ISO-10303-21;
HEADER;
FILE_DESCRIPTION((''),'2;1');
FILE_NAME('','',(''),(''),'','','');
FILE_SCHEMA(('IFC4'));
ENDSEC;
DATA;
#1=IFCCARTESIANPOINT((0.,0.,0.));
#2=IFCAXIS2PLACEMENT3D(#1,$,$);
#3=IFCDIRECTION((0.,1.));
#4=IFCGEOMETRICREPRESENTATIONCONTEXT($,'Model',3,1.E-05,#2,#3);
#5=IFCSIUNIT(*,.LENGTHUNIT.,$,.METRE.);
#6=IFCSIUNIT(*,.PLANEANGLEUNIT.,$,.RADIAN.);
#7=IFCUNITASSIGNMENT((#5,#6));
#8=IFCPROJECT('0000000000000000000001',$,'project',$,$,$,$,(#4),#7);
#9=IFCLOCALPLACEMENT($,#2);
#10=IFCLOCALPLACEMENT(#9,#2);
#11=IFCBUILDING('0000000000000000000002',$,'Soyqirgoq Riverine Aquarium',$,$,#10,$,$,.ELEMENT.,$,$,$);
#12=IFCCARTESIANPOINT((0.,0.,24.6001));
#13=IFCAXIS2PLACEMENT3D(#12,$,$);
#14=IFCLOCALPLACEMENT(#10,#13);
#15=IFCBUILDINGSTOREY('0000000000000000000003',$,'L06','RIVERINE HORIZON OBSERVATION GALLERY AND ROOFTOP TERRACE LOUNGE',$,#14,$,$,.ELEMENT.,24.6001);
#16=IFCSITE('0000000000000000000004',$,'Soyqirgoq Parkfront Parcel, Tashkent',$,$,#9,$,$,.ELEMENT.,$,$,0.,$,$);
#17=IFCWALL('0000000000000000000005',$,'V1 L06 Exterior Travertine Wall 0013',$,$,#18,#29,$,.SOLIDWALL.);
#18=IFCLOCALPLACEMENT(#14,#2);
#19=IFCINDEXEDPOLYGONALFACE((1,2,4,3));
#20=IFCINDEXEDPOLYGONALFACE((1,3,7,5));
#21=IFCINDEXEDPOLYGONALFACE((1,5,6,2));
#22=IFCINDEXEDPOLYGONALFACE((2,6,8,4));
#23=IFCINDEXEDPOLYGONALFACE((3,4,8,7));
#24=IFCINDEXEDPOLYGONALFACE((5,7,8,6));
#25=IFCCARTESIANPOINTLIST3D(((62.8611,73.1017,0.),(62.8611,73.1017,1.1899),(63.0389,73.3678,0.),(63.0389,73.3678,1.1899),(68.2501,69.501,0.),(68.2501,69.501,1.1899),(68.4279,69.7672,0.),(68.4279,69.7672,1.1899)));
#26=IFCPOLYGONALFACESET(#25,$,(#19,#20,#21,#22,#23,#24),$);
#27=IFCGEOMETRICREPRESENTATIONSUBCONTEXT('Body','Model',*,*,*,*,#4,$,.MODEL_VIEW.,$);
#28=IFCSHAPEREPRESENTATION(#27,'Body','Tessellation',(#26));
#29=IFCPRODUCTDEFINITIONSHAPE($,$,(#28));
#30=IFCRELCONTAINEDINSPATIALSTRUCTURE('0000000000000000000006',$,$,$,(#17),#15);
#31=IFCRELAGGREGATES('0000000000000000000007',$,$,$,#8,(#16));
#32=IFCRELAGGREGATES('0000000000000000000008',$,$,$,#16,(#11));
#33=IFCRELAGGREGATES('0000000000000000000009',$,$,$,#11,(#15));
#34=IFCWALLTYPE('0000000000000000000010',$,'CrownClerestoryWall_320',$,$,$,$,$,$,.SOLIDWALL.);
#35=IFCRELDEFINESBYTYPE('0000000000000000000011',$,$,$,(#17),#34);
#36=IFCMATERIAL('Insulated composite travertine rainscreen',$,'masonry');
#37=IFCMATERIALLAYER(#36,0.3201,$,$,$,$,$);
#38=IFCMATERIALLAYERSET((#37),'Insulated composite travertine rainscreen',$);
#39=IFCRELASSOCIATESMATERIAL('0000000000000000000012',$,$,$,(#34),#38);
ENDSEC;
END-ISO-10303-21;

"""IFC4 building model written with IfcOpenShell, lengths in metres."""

from ifc_helpers import new_model, si_unit, direction, frame, frame_2d, origin, place, context, subcontext, project, spatial, rectangle, extrude, material, layer, layer_set, type_object, element, save


model = new_model("IFC4")

# Units and contexts
model_context = context("Model", 3, precision=1e-05, world=origin(), true_north=direction((0.0, 1.0)))
body_context = subcontext(model_context, "Body", "Model", "MODEL_VIEW")
ifc_project = project(units=[si_unit("LENGTHUNIT", "METRE"), si_unit("PLANEANGLEUNIT", "RADIAN")], contexts=[model_context])

# Site, building, storey
site_placement = place(None, origin())
site = spatial("IfcSite", under=ifc_project, at=site_placement, Name="Soyqirgoq Parkfront Parcel, Tashkent", CompositionType="ELEMENT", RefElevation=0.0)
building_placement = place(site_placement, origin())
building = spatial("IfcBuilding", under=site, at=building_placement, Name="Soyqirgoq Riverine Aquarium", CompositionType="ELEMENT")
storey_placement = place(building_placement, frame((0.0, 0.0, 24.6001)))
storey = spatial("IfcBuildingStorey", under=building, at=storey_placement, Name="L06", Description="RIVERINE HORIZON OBSERVATION GALLERY AND ROOFTOP TERRACE LOUNGE", CompositionType="ELEMENT", Elevation=24.6001)

# Wall
ifc_material_1 = material(Name="Insulated composite travertine rainscreen", Category="masonry")
ifc_layer_1 = layer(ifc_material_1, 0.3201)
ifc_layer_set_1 = layer_set([ifc_layer_1], Name="Insulated composite travertine rainscreen")
wall_type = type_object("IfcWallType", Name="CrownClerestoryWall_320", PredefinedType="SOLIDWALL", material=ifc_layer_set_1)
wall_placement = place(storey_placement, frame((68.3391, 69.634, 0.0), z_axis=(0.0, 0.0, 1.0), x_axis=(-0.831482, 0.555552, 0.0)))
element("IfcWall", 1, at=wall_placement, inside=storey, type_object=wall_type, Name="V1 L06 Exterior Travertine Wall 0013", PredefinedType="SOLIDWALL", context=body_context, shape_type="SweptSolid", body=[
    extrude(rectangle(XDim=6.4812, YDim=0.3201, at=frame_2d((3.2407, 0.0))), origin(), (0.0, 0.0, 1.0), 1.1899),
])

save(model, "model.ifc")
